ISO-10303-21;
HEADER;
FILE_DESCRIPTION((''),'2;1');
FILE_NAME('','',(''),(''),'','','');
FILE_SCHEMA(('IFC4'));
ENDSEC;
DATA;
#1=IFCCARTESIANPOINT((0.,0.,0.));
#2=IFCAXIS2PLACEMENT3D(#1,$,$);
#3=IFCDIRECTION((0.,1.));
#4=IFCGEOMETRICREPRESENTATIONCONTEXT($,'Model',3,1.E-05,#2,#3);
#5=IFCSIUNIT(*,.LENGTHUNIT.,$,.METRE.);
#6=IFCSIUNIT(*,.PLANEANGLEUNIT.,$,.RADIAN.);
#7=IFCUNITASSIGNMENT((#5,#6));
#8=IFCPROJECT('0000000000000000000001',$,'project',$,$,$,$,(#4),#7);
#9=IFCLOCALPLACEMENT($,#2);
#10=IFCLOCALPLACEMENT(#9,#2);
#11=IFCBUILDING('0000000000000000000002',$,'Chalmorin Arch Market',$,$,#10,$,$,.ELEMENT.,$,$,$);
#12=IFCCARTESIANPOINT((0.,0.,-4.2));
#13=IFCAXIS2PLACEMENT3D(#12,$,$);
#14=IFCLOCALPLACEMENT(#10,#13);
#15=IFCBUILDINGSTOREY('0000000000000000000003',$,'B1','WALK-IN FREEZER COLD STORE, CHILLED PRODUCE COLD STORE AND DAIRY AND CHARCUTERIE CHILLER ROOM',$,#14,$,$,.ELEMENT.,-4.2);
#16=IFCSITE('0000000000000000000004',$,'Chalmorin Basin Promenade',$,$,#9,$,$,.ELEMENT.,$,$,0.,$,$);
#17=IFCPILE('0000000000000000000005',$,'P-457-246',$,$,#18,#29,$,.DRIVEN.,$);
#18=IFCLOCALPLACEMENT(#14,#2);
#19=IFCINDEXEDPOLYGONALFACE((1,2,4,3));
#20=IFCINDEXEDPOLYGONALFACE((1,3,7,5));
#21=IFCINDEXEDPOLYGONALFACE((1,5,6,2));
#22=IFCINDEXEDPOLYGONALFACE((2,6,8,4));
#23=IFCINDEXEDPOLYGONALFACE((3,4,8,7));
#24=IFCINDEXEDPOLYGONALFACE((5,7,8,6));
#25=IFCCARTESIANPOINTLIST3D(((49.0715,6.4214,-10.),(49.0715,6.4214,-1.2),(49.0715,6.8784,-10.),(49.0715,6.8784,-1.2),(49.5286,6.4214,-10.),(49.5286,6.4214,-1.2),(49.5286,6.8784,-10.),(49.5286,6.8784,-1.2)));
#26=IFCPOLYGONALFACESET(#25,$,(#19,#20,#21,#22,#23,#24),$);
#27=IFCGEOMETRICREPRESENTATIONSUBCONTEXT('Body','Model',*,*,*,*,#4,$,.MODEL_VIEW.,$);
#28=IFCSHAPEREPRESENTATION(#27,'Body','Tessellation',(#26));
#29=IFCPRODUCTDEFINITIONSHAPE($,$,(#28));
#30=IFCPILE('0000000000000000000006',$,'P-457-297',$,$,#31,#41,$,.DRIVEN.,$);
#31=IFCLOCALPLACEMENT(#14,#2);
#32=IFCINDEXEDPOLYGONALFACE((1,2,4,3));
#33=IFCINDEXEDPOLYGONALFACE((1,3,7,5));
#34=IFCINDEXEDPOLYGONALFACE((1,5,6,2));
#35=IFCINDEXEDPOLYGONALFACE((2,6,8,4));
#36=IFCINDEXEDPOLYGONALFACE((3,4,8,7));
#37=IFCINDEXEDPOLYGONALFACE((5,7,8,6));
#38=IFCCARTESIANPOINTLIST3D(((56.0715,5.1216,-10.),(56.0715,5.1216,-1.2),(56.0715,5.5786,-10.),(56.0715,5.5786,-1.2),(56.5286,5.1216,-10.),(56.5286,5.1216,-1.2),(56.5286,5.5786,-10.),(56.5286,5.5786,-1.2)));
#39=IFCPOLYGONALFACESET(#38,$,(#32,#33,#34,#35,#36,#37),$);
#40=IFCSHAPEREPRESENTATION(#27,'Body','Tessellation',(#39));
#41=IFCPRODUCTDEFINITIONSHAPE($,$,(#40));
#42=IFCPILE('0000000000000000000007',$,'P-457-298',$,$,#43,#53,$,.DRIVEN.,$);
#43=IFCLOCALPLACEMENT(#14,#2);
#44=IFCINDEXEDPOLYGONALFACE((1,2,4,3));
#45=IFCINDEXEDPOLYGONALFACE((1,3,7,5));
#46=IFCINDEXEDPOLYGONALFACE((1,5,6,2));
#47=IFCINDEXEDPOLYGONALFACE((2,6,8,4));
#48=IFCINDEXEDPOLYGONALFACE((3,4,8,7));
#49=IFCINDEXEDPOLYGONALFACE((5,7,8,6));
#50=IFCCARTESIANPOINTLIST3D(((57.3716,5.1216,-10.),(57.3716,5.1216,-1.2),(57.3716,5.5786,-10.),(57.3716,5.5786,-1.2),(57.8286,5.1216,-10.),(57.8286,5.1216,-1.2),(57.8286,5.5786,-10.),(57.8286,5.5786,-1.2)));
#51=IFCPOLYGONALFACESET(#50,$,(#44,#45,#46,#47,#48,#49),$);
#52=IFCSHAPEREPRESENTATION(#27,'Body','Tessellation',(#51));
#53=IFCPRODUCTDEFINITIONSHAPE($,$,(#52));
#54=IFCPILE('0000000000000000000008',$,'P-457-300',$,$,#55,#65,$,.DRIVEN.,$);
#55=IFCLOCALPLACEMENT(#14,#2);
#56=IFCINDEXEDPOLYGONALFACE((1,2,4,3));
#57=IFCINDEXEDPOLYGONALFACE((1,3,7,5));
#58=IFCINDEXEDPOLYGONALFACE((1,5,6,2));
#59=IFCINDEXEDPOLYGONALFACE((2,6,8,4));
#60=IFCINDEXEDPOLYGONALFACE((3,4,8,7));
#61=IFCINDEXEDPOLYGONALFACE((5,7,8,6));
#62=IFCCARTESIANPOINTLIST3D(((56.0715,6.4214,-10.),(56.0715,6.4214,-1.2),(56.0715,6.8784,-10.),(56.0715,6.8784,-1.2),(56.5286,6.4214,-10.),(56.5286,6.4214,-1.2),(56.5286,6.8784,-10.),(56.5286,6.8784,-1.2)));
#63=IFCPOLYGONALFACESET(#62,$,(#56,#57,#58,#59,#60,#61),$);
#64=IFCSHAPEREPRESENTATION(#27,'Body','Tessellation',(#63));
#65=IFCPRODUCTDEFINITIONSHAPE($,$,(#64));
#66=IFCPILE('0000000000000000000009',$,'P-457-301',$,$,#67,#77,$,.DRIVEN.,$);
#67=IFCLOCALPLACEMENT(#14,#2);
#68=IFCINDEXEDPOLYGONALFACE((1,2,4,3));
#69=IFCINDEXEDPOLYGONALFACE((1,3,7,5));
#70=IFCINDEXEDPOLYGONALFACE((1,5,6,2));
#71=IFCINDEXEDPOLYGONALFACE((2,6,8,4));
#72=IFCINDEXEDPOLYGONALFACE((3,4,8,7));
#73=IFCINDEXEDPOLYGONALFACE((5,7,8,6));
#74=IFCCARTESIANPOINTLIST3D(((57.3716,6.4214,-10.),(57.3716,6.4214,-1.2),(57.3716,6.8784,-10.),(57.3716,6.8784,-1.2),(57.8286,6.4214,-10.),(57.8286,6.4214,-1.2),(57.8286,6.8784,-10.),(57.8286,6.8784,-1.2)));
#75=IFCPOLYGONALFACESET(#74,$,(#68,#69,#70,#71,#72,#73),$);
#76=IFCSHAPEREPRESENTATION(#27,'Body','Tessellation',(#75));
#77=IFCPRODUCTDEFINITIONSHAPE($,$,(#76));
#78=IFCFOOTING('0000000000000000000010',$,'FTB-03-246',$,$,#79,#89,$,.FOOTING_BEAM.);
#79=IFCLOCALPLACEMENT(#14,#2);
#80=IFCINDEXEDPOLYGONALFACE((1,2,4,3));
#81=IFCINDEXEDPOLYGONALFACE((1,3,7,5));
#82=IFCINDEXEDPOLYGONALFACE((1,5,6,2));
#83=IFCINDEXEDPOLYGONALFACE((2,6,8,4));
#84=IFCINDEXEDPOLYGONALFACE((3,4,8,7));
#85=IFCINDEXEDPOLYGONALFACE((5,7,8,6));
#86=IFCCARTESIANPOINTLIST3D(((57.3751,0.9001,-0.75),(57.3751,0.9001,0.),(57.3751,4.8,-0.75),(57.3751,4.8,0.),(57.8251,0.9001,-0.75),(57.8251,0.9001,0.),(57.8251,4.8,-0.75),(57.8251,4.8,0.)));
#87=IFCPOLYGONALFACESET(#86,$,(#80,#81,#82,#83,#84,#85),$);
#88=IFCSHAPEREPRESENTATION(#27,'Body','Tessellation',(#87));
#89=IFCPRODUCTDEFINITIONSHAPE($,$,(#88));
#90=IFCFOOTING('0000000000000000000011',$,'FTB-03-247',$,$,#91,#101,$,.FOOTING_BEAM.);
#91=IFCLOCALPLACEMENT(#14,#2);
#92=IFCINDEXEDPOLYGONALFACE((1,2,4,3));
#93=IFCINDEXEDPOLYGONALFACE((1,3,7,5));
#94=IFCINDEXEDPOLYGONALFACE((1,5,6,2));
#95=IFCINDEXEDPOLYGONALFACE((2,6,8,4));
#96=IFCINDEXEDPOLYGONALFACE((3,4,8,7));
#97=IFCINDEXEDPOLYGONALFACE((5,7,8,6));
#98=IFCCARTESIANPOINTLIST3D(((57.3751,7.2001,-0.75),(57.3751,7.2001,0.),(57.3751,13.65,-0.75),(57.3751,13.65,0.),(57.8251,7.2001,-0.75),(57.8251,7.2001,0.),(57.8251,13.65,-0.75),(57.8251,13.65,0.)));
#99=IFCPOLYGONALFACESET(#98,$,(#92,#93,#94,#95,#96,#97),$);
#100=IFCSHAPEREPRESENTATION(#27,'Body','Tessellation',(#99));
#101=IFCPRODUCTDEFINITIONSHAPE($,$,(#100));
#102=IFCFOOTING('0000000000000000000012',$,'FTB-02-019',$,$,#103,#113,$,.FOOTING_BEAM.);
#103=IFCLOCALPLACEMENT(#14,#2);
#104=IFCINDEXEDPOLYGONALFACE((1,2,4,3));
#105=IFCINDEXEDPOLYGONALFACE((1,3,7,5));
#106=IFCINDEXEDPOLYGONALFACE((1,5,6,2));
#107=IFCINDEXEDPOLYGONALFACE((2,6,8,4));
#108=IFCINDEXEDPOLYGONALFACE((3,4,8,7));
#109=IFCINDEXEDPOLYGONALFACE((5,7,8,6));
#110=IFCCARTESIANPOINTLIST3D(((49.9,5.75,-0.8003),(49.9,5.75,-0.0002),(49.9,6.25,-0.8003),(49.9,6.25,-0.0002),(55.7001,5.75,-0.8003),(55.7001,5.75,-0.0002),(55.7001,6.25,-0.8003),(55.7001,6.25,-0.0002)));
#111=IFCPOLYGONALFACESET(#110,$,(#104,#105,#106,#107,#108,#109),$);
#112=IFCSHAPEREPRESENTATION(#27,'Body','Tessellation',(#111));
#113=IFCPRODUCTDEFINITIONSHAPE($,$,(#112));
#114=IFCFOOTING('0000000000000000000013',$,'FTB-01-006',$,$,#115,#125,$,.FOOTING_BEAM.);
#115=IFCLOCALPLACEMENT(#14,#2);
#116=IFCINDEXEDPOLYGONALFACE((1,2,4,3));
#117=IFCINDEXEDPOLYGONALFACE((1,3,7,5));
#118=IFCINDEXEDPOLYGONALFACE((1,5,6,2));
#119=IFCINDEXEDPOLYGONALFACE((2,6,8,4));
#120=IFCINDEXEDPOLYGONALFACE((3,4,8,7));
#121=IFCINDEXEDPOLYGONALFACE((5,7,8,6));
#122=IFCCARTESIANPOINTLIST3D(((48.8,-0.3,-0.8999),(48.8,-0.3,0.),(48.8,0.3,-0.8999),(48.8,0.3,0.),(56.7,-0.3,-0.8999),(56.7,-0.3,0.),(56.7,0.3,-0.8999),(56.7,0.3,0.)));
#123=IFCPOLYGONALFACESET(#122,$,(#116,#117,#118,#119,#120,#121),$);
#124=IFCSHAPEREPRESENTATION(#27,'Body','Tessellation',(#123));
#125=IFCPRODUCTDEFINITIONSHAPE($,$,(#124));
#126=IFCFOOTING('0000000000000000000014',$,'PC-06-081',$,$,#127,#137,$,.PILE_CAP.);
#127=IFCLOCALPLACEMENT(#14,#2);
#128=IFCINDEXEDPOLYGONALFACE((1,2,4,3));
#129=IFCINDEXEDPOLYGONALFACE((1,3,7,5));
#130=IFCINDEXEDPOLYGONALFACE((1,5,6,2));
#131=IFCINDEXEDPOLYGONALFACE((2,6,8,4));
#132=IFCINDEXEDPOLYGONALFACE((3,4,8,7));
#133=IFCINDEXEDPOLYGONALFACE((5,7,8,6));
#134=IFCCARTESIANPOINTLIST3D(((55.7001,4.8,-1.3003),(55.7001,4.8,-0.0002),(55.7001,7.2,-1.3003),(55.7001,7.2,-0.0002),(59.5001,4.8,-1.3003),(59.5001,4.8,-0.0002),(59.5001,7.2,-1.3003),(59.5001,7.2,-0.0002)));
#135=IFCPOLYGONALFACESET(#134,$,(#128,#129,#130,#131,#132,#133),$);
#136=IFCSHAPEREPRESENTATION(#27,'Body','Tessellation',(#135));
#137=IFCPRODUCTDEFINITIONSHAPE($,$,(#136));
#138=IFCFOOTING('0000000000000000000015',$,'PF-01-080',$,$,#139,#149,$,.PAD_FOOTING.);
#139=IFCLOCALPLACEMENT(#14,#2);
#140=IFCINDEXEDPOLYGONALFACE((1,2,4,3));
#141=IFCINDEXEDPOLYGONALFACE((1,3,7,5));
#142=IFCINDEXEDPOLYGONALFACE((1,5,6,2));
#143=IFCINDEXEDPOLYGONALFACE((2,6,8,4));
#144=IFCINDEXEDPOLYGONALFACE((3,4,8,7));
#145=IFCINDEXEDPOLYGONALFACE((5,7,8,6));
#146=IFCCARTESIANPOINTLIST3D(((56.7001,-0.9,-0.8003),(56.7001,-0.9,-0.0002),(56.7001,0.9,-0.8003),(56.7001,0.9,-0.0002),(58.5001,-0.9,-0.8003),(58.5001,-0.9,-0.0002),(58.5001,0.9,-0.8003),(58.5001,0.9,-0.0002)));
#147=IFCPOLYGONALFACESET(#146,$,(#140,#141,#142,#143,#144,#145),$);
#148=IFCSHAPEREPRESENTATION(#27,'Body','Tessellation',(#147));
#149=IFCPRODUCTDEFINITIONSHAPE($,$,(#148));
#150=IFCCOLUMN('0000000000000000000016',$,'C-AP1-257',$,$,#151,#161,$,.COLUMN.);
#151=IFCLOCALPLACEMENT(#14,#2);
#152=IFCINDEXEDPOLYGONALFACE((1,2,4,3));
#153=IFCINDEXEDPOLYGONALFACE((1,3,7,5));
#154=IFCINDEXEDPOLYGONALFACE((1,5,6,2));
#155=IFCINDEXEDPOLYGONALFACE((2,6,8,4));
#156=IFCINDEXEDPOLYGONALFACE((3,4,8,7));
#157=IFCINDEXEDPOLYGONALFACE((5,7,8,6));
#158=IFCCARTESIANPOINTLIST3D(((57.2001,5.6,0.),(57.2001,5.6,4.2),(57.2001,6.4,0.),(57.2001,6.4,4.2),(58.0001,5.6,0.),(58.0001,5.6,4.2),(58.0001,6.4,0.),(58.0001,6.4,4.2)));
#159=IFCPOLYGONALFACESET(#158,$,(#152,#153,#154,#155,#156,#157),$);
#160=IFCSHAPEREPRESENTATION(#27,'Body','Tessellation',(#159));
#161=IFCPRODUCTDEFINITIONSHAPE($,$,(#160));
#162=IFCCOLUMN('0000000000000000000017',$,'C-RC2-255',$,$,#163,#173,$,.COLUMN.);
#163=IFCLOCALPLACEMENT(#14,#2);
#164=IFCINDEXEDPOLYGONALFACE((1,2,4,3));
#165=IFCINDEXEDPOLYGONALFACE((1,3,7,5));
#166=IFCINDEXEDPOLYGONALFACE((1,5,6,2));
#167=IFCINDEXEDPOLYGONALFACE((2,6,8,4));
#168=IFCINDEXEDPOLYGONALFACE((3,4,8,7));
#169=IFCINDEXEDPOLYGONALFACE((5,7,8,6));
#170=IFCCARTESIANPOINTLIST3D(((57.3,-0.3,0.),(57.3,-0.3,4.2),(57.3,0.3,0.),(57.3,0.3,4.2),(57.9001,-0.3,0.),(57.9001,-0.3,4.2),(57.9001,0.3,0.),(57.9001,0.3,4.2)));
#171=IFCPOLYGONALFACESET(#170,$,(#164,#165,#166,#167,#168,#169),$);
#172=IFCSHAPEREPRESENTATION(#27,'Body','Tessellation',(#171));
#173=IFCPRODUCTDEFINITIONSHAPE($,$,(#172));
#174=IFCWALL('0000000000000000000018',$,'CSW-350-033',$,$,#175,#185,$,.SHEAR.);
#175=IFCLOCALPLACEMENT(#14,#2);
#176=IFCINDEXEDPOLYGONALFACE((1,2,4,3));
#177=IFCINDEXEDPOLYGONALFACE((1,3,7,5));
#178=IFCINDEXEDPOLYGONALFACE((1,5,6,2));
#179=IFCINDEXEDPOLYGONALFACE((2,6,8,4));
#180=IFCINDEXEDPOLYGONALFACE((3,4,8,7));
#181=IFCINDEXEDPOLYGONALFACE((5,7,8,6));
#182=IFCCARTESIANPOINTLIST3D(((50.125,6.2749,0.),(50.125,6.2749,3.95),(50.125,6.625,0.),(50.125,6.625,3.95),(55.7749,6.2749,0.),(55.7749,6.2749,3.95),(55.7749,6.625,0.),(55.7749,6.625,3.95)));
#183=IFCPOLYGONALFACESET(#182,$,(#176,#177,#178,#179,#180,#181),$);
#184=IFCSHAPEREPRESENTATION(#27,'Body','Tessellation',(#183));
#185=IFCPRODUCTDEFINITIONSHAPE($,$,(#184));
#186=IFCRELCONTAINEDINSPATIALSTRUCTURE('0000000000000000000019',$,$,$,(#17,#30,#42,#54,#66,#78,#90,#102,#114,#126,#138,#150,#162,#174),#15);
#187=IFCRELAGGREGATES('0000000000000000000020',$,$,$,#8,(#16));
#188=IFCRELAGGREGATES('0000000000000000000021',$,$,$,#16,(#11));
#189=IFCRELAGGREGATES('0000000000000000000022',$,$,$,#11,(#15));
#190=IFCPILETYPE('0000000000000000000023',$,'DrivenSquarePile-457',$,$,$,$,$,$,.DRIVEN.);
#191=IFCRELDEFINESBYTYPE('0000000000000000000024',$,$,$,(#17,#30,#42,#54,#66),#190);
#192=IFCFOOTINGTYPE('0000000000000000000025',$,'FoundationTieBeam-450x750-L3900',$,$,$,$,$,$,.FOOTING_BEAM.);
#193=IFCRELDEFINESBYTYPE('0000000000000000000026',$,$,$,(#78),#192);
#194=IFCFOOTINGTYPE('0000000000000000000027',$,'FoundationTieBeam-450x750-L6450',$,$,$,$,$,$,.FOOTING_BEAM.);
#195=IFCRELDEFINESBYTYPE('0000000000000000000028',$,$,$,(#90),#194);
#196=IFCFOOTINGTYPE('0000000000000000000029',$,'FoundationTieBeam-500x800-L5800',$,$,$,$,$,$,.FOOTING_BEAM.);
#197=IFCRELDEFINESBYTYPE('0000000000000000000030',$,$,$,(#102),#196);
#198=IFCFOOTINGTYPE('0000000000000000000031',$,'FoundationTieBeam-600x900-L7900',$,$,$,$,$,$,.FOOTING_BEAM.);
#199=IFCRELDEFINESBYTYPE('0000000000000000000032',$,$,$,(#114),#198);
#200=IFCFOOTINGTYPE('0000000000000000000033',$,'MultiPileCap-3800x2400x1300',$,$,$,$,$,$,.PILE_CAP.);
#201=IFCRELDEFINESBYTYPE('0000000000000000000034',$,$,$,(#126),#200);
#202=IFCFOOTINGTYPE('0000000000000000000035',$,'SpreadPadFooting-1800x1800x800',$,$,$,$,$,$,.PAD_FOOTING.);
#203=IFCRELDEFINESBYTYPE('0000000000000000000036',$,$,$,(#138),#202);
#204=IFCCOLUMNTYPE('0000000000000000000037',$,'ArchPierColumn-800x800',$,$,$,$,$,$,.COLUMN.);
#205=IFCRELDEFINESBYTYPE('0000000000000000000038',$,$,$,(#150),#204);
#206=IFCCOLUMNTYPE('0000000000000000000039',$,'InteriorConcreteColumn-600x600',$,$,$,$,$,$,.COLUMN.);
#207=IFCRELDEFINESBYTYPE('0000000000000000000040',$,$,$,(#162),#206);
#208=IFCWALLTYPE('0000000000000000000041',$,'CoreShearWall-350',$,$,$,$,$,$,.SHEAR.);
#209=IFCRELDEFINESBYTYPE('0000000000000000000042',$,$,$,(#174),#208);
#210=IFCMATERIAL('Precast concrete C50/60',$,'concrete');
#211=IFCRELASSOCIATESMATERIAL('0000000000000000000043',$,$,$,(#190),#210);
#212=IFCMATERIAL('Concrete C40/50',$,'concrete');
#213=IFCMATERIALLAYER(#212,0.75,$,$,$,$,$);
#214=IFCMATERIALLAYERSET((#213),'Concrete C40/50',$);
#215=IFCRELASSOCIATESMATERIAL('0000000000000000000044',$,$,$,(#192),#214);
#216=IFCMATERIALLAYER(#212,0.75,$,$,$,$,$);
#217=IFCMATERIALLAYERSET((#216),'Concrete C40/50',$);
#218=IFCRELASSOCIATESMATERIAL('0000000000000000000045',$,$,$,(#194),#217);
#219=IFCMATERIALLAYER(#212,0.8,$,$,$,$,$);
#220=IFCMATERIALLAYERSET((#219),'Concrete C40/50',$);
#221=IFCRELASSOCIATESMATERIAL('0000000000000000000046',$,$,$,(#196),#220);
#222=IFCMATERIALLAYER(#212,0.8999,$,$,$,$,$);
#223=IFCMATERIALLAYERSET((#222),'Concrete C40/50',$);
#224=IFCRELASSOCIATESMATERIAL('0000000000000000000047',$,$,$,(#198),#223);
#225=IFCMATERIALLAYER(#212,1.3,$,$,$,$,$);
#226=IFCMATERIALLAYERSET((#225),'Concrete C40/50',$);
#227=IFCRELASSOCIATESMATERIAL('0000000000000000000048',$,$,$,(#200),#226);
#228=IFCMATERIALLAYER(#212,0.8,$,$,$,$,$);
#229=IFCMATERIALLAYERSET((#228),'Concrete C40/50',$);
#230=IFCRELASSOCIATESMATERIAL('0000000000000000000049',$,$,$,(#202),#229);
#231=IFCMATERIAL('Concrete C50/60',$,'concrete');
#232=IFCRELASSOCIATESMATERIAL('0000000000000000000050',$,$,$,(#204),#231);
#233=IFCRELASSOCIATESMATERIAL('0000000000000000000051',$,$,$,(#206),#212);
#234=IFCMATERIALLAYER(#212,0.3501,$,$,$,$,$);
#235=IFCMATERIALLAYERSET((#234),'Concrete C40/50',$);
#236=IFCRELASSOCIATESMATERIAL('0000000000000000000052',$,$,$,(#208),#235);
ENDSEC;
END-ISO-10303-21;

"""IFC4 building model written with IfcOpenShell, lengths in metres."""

from ifc_helpers import new_model, si_unit, direction, frame, frame_2d, origin, origin_2d, place, context, subcontext, project, spatial, rectangle, extrude, material, layer, layer_set, material_profile, profile_set, type_object, element, save


model = new_model("IFC4")

# Units and contexts
model_context = context("Model", 3, precision=1e-05, world=origin(), true_north=direction((0.0, 1.0)))
body_context = subcontext(model_context, "Body", "Model", "MODEL_VIEW")
ifc_project = project(units=[si_unit("LENGTHUNIT", "METRE"), si_unit("PLANEANGLEUNIT", "RADIAN")], contexts=[model_context])

# Site, building, storey
site_placement = place(None, origin())
site = spatial("IfcSite", under=ifc_project, at=site_placement, Name="Chalmorin Basin Promenade", CompositionType="ELEMENT", RefElevation=0.0)
building_placement = place(site_placement, origin())
building = spatial("IfcBuilding", under=site, at=building_placement, Name="Chalmorin Arch Market", CompositionType="ELEMENT")
storey_placement = place(building_placement, frame((0.0, 0.0, -4.2)))
storey = spatial("IfcBuildingStorey", under=building, at=storey_placement, Name="B1", Description="WALK-IN FREEZER COLD STORE, CHILLED PRODUCE COLD STORE AND DAIRY AND CHARCUTERIE CHILLER ROOM", CompositionType="ELEMENT", Elevation=-4.2)

# Piles
ifc_material_1 = material(Name="Precast concrete C50/60", Category="concrete")
ifc_material_profile_1 = material_profile(ifc_material_1, rectangle(XDim=0.457, YDim=0.457, at=origin_2d()), Name="PPC457")
ifc_profile_set_1 = profile_set([ifc_material_profile_1], Name="Precast concrete C50/60")
pile_type = type_object("IfcPileType", Name="DrivenSquarePile-457", PredefinedType="DRIVEN", material=ifc_profile_set_1)
for number, where, z_axis, x_axis, name in (
    (1, (49.3, 6.6499, -1.2), (0.0, 0.0, -1.0), (1.0, 0.0, 0.0), "P-457-246"),
    (2, (56.3, 5.3501, -1.2), (0.0, 0.0, -1.0), (1.0, 0.0, 0.0), "P-457-297"),
    (3, (57.6001, 5.3501, -1.2), (0.0, 0.0, -1.0), (1.0, 0.0, 0.0), "P-457-298"),
    (4, (56.3, 6.6499, -1.2), (0.0, 0.0, -1.0), (1.0, 0.0, 0.0), "P-457-300"),
    (5, (57.6001, 6.6499, -1.2), (0.0, 0.0, -1.0), (1.0, 0.0, 0.0), "P-457-301"),
):
    element("IfcPile", number, at=place(storey_placement, frame(where, z_axis=z_axis, x_axis=x_axis)), inside=storey, type_object=pile_type, Name=name, PredefinedType="DRIVEN", context=body_context, shape_type="SweptSolid", body=[
        extrude(rectangle(XDim=0.457, YDim=0.457, at=origin_2d()), origin(), (0.0, 0.0, 1.0), 8.8),
    ])

# Footings
ifc_material_2 = material(Name="Concrete C40/50", Category="concrete")
ifc_layer_1 = layer(ifc_material_2, 0.75)
ifc_layer_set_1 = layer_set([ifc_layer_1], Name="Concrete C40/50")
footing_type_1 = type_object("IfcFootingType", Name="FoundationTieBeam-450x750-L3900", PredefinedType="FOOTING_BEAM", material=ifc_layer_set_1)
footing_1_placement = place(storey_placement, frame((57.6001, 2.8501, -0.75), z_axis=(0.0, 0.0, 1.0), x_axis=(0.0, 1.0, 0.0)))
element("IfcFooting", 6, at=footing_1_placement, inside=storey, type_object=footing_type_1, Name="FTB-03-246", PredefinedType="FOOTING_BEAM", context=body_context, shape_type="SweptSolid", body=[
    extrude(rectangle(XDim=3.8999, YDim=0.45, at=origin_2d()), origin(), (0.0, 0.0, 1.0), 0.75),
])
ifc_layer_2 = layer(ifc_material_2, 0.75)
ifc_layer_set_2 = layer_set([ifc_layer_2], Name="Concrete C40/50")
footing_type_2 = type_object("IfcFootingType", Name="FoundationTieBeam-450x750-L6450", PredefinedType="FOOTING_BEAM", material=ifc_layer_set_2)
footing_2_placement = place(storey_placement, frame((57.6001, 10.425, -0.75), z_axis=(0.0, 0.0, 1.0), x_axis=(0.0, 1.0, 0.0)))
element("IfcFooting", 7, at=footing_2_placement, inside=storey, type_object=footing_type_2, Name="FTB-03-247", PredefinedType="FOOTING_BEAM", context=body_context, shape_type="SweptSolid", body=[
    extrude(rectangle(XDim=6.45, YDim=0.45, at=origin_2d()), origin(), (0.0, 0.0, 1.0), 0.75),
])
ifc_layer_3 = layer(ifc_material_2, 0.8)
ifc_layer_set_3 = layer_set([ifc_layer_3], Name="Concrete C40/50")
footing_type_3 = type_object("IfcFootingType", Name="FoundationTieBeam-500x800-L5800", PredefinedType="FOOTING_BEAM", material=ifc_layer_set_3)
footing_3_placement = place(storey_placement, frame((52.8, 6.0, -0.8003), z_axis=(0.0, 0.0, 1.0), x_axis=(1.0, 0.0, 0.0)))
element("IfcFooting", 8, at=footing_3_placement, inside=storey, type_object=footing_type_3, Name="FTB-02-019", PredefinedType="FOOTING_BEAM", context=body_context, shape_type="SweptSolid", body=[
    extrude(rectangle(XDim=5.8, YDim=0.5, at=origin_2d()), origin(), (0.0, 0.0, 1.0), 0.8),
])
ifc_layer_4 = layer(ifc_material_2, 0.8999)
ifc_layer_set_4 = layer_set([ifc_layer_4], Name="Concrete C40/50")
footing_type_4 = type_object("IfcFootingType", Name="FoundationTieBeam-600x900-L7900", PredefinedType="FOOTING_BEAM", material=ifc_layer_set_4)
footing_4_placement = place(storey_placement, frame((52.75, 0.0, -0.8999), z_axis=(0.0, 0.0, 1.0), x_axis=(1.0, 0.0, 0.0)))
element("IfcFooting", 9, at=footing_4_placement, inside=storey, type_object=footing_type_4, Name="FTB-01-006", PredefinedType="FOOTING_BEAM", context=body_context, shape_type="SweptSolid", body=[
    extrude(rectangle(XDim=7.8999, YDim=0.6001, at=origin_2d()), origin(), (0.0, 0.0, 1.0), 0.8999),
])
ifc_layer_5 = layer(ifc_material_2, 1.3)
ifc_layer_set_5 = layer_set([ifc_layer_5], Name="Concrete C40/50")
footing_type_5 = type_object("IfcFootingType", Name="MultiPileCap-3800x2400x1300", PredefinedType="PILE_CAP", material=ifc_layer_set_5)
footing_5_placement = place(storey_placement, frame((57.6001, 6.0, -1.3003), z_axis=(0.0, 0.0, 1.0), x_axis=(1.0, 0.0, 0.0)))
element("IfcFooting", 10, at=footing_5_placement, inside=storey, type_object=footing_type_5, Name="PC-06-081", PredefinedType="PILE_CAP", context=body_context, shape_type="SweptSolid", body=[
    extrude(rectangle(XDim=3.8, YDim=2.3999, at=origin_2d()), origin(), (0.0, 0.0, 1.0), 1.3),
])
ifc_layer_6 = layer(ifc_material_2, 0.8)
ifc_layer_set_6 = layer_set([ifc_layer_6], Name="Concrete C40/50")
footing_type_6 = type_object("IfcFootingType", Name="SpreadPadFooting-1800x1800x800", PredefinedType="PAD_FOOTING", material=ifc_layer_set_6)
footing_6_placement = place(storey_placement, frame((57.6001, 0.0, -0.8003), z_axis=(0.0, 0.0, 1.0), x_axis=(1.0, 0.0, 0.0)))
element("IfcFooting", 11, at=footing_6_placement, inside=storey, type_object=footing_type_6, Name="PF-01-080", PredefinedType="PAD_FOOTING", context=body_context, shape_type="SweptSolid", body=[
    extrude(rectangle(XDim=1.8, YDim=1.8, at=origin_2d()), origin(), (0.0, 0.0, 1.0), 0.8),
])

# Columns
ifc_material_3 = material(Name="Concrete C50/60", Category="concrete")
ifc_material_profile_2 = material_profile(ifc_material_3, rectangle(XDim=0.8, YDim=0.8, at=origin_2d()), Name="RC800X800")
ifc_profile_set_2 = profile_set([ifc_material_profile_2], Name="Concrete C50/60")
column_type_1 = type_object("IfcColumnType", Name="ArchPierColumn-800x800", PredefinedType="COLUMN", material=ifc_profile_set_2)
column_1_placement = place(storey_placement, frame((57.6001, 6.0, 0.0), z_axis=(0.0, 0.0, 1.0), x_axis=(1.0, 0.0, 0.0)))
element("IfcColumn", 12, at=column_1_placement, inside=storey, type_object=column_type_1, Name="C-AP1-257", PredefinedType="COLUMN", context=body_context, shape_type="SweptSolid", body=[
    extrude(rectangle(XDim=0.8, YDim=0.8, at=origin_2d()), origin(), (0.0, 0.0, 1.0), 4.2),
])
ifc_material_profile_3 = material_profile(ifc_material_2, rectangle(XDim=0.6001, YDim=0.6001, at=origin_2d()), Name="RC600X600")
ifc_profile_set_3 = profile_set([ifc_material_profile_3], Name="Concrete C40/50")
column_type_2 = type_object("IfcColumnType", Name="InteriorConcreteColumn-600x600", PredefinedType="COLUMN", material=ifc_profile_set_3)
column_2_placement = place(storey_placement, frame((57.6001, 0.0, 0.0), z_axis=(0.0, 0.0, 1.0), x_axis=(1.0, 0.0, 0.0)))
element("IfcColumn", 13, at=column_2_placement, inside=storey, type_object=column_type_2, Name="C-RC2-255", PredefinedType="COLUMN", context=body_context, shape_type="SweptSolid", body=[
    extrude(rectangle(XDim=0.6001, YDim=0.6001, at=origin_2d()), origin(), (0.0, 0.0, 1.0), 4.2),
])

# Wall
ifc_layer_7 = layer(ifc_material_2, 0.3501)
ifc_layer_set_7 = layer_set([ifc_layer_7], Name="Concrete C40/50")
wall_type = type_object("IfcWallType", Name="CoreShearWall-350", PredefinedType="SHEAR", material=ifc_layer_set_7)
wall_1_placement = place(storey_placement, frame((55.7749, 6.45, 0.0), z_axis=(0.0, 0.0, 1.0), x_axis=(-1.0, 0.0, 0.0)))
element("IfcWall", 14, at=wall_1_placement, inside=storey, type_object=wall_type, Name="CSW-350-033", PredefinedType="SHEAR", context=body_context, shape_type="SweptSolid", body=[
    extrude(rectangle(XDim=5.6499, YDim=0.3501, at=frame_2d((2.825, 0.0))), origin(), (0.0, 0.0, 1.0), 3.95),
])

save(model, "model.ifc")
